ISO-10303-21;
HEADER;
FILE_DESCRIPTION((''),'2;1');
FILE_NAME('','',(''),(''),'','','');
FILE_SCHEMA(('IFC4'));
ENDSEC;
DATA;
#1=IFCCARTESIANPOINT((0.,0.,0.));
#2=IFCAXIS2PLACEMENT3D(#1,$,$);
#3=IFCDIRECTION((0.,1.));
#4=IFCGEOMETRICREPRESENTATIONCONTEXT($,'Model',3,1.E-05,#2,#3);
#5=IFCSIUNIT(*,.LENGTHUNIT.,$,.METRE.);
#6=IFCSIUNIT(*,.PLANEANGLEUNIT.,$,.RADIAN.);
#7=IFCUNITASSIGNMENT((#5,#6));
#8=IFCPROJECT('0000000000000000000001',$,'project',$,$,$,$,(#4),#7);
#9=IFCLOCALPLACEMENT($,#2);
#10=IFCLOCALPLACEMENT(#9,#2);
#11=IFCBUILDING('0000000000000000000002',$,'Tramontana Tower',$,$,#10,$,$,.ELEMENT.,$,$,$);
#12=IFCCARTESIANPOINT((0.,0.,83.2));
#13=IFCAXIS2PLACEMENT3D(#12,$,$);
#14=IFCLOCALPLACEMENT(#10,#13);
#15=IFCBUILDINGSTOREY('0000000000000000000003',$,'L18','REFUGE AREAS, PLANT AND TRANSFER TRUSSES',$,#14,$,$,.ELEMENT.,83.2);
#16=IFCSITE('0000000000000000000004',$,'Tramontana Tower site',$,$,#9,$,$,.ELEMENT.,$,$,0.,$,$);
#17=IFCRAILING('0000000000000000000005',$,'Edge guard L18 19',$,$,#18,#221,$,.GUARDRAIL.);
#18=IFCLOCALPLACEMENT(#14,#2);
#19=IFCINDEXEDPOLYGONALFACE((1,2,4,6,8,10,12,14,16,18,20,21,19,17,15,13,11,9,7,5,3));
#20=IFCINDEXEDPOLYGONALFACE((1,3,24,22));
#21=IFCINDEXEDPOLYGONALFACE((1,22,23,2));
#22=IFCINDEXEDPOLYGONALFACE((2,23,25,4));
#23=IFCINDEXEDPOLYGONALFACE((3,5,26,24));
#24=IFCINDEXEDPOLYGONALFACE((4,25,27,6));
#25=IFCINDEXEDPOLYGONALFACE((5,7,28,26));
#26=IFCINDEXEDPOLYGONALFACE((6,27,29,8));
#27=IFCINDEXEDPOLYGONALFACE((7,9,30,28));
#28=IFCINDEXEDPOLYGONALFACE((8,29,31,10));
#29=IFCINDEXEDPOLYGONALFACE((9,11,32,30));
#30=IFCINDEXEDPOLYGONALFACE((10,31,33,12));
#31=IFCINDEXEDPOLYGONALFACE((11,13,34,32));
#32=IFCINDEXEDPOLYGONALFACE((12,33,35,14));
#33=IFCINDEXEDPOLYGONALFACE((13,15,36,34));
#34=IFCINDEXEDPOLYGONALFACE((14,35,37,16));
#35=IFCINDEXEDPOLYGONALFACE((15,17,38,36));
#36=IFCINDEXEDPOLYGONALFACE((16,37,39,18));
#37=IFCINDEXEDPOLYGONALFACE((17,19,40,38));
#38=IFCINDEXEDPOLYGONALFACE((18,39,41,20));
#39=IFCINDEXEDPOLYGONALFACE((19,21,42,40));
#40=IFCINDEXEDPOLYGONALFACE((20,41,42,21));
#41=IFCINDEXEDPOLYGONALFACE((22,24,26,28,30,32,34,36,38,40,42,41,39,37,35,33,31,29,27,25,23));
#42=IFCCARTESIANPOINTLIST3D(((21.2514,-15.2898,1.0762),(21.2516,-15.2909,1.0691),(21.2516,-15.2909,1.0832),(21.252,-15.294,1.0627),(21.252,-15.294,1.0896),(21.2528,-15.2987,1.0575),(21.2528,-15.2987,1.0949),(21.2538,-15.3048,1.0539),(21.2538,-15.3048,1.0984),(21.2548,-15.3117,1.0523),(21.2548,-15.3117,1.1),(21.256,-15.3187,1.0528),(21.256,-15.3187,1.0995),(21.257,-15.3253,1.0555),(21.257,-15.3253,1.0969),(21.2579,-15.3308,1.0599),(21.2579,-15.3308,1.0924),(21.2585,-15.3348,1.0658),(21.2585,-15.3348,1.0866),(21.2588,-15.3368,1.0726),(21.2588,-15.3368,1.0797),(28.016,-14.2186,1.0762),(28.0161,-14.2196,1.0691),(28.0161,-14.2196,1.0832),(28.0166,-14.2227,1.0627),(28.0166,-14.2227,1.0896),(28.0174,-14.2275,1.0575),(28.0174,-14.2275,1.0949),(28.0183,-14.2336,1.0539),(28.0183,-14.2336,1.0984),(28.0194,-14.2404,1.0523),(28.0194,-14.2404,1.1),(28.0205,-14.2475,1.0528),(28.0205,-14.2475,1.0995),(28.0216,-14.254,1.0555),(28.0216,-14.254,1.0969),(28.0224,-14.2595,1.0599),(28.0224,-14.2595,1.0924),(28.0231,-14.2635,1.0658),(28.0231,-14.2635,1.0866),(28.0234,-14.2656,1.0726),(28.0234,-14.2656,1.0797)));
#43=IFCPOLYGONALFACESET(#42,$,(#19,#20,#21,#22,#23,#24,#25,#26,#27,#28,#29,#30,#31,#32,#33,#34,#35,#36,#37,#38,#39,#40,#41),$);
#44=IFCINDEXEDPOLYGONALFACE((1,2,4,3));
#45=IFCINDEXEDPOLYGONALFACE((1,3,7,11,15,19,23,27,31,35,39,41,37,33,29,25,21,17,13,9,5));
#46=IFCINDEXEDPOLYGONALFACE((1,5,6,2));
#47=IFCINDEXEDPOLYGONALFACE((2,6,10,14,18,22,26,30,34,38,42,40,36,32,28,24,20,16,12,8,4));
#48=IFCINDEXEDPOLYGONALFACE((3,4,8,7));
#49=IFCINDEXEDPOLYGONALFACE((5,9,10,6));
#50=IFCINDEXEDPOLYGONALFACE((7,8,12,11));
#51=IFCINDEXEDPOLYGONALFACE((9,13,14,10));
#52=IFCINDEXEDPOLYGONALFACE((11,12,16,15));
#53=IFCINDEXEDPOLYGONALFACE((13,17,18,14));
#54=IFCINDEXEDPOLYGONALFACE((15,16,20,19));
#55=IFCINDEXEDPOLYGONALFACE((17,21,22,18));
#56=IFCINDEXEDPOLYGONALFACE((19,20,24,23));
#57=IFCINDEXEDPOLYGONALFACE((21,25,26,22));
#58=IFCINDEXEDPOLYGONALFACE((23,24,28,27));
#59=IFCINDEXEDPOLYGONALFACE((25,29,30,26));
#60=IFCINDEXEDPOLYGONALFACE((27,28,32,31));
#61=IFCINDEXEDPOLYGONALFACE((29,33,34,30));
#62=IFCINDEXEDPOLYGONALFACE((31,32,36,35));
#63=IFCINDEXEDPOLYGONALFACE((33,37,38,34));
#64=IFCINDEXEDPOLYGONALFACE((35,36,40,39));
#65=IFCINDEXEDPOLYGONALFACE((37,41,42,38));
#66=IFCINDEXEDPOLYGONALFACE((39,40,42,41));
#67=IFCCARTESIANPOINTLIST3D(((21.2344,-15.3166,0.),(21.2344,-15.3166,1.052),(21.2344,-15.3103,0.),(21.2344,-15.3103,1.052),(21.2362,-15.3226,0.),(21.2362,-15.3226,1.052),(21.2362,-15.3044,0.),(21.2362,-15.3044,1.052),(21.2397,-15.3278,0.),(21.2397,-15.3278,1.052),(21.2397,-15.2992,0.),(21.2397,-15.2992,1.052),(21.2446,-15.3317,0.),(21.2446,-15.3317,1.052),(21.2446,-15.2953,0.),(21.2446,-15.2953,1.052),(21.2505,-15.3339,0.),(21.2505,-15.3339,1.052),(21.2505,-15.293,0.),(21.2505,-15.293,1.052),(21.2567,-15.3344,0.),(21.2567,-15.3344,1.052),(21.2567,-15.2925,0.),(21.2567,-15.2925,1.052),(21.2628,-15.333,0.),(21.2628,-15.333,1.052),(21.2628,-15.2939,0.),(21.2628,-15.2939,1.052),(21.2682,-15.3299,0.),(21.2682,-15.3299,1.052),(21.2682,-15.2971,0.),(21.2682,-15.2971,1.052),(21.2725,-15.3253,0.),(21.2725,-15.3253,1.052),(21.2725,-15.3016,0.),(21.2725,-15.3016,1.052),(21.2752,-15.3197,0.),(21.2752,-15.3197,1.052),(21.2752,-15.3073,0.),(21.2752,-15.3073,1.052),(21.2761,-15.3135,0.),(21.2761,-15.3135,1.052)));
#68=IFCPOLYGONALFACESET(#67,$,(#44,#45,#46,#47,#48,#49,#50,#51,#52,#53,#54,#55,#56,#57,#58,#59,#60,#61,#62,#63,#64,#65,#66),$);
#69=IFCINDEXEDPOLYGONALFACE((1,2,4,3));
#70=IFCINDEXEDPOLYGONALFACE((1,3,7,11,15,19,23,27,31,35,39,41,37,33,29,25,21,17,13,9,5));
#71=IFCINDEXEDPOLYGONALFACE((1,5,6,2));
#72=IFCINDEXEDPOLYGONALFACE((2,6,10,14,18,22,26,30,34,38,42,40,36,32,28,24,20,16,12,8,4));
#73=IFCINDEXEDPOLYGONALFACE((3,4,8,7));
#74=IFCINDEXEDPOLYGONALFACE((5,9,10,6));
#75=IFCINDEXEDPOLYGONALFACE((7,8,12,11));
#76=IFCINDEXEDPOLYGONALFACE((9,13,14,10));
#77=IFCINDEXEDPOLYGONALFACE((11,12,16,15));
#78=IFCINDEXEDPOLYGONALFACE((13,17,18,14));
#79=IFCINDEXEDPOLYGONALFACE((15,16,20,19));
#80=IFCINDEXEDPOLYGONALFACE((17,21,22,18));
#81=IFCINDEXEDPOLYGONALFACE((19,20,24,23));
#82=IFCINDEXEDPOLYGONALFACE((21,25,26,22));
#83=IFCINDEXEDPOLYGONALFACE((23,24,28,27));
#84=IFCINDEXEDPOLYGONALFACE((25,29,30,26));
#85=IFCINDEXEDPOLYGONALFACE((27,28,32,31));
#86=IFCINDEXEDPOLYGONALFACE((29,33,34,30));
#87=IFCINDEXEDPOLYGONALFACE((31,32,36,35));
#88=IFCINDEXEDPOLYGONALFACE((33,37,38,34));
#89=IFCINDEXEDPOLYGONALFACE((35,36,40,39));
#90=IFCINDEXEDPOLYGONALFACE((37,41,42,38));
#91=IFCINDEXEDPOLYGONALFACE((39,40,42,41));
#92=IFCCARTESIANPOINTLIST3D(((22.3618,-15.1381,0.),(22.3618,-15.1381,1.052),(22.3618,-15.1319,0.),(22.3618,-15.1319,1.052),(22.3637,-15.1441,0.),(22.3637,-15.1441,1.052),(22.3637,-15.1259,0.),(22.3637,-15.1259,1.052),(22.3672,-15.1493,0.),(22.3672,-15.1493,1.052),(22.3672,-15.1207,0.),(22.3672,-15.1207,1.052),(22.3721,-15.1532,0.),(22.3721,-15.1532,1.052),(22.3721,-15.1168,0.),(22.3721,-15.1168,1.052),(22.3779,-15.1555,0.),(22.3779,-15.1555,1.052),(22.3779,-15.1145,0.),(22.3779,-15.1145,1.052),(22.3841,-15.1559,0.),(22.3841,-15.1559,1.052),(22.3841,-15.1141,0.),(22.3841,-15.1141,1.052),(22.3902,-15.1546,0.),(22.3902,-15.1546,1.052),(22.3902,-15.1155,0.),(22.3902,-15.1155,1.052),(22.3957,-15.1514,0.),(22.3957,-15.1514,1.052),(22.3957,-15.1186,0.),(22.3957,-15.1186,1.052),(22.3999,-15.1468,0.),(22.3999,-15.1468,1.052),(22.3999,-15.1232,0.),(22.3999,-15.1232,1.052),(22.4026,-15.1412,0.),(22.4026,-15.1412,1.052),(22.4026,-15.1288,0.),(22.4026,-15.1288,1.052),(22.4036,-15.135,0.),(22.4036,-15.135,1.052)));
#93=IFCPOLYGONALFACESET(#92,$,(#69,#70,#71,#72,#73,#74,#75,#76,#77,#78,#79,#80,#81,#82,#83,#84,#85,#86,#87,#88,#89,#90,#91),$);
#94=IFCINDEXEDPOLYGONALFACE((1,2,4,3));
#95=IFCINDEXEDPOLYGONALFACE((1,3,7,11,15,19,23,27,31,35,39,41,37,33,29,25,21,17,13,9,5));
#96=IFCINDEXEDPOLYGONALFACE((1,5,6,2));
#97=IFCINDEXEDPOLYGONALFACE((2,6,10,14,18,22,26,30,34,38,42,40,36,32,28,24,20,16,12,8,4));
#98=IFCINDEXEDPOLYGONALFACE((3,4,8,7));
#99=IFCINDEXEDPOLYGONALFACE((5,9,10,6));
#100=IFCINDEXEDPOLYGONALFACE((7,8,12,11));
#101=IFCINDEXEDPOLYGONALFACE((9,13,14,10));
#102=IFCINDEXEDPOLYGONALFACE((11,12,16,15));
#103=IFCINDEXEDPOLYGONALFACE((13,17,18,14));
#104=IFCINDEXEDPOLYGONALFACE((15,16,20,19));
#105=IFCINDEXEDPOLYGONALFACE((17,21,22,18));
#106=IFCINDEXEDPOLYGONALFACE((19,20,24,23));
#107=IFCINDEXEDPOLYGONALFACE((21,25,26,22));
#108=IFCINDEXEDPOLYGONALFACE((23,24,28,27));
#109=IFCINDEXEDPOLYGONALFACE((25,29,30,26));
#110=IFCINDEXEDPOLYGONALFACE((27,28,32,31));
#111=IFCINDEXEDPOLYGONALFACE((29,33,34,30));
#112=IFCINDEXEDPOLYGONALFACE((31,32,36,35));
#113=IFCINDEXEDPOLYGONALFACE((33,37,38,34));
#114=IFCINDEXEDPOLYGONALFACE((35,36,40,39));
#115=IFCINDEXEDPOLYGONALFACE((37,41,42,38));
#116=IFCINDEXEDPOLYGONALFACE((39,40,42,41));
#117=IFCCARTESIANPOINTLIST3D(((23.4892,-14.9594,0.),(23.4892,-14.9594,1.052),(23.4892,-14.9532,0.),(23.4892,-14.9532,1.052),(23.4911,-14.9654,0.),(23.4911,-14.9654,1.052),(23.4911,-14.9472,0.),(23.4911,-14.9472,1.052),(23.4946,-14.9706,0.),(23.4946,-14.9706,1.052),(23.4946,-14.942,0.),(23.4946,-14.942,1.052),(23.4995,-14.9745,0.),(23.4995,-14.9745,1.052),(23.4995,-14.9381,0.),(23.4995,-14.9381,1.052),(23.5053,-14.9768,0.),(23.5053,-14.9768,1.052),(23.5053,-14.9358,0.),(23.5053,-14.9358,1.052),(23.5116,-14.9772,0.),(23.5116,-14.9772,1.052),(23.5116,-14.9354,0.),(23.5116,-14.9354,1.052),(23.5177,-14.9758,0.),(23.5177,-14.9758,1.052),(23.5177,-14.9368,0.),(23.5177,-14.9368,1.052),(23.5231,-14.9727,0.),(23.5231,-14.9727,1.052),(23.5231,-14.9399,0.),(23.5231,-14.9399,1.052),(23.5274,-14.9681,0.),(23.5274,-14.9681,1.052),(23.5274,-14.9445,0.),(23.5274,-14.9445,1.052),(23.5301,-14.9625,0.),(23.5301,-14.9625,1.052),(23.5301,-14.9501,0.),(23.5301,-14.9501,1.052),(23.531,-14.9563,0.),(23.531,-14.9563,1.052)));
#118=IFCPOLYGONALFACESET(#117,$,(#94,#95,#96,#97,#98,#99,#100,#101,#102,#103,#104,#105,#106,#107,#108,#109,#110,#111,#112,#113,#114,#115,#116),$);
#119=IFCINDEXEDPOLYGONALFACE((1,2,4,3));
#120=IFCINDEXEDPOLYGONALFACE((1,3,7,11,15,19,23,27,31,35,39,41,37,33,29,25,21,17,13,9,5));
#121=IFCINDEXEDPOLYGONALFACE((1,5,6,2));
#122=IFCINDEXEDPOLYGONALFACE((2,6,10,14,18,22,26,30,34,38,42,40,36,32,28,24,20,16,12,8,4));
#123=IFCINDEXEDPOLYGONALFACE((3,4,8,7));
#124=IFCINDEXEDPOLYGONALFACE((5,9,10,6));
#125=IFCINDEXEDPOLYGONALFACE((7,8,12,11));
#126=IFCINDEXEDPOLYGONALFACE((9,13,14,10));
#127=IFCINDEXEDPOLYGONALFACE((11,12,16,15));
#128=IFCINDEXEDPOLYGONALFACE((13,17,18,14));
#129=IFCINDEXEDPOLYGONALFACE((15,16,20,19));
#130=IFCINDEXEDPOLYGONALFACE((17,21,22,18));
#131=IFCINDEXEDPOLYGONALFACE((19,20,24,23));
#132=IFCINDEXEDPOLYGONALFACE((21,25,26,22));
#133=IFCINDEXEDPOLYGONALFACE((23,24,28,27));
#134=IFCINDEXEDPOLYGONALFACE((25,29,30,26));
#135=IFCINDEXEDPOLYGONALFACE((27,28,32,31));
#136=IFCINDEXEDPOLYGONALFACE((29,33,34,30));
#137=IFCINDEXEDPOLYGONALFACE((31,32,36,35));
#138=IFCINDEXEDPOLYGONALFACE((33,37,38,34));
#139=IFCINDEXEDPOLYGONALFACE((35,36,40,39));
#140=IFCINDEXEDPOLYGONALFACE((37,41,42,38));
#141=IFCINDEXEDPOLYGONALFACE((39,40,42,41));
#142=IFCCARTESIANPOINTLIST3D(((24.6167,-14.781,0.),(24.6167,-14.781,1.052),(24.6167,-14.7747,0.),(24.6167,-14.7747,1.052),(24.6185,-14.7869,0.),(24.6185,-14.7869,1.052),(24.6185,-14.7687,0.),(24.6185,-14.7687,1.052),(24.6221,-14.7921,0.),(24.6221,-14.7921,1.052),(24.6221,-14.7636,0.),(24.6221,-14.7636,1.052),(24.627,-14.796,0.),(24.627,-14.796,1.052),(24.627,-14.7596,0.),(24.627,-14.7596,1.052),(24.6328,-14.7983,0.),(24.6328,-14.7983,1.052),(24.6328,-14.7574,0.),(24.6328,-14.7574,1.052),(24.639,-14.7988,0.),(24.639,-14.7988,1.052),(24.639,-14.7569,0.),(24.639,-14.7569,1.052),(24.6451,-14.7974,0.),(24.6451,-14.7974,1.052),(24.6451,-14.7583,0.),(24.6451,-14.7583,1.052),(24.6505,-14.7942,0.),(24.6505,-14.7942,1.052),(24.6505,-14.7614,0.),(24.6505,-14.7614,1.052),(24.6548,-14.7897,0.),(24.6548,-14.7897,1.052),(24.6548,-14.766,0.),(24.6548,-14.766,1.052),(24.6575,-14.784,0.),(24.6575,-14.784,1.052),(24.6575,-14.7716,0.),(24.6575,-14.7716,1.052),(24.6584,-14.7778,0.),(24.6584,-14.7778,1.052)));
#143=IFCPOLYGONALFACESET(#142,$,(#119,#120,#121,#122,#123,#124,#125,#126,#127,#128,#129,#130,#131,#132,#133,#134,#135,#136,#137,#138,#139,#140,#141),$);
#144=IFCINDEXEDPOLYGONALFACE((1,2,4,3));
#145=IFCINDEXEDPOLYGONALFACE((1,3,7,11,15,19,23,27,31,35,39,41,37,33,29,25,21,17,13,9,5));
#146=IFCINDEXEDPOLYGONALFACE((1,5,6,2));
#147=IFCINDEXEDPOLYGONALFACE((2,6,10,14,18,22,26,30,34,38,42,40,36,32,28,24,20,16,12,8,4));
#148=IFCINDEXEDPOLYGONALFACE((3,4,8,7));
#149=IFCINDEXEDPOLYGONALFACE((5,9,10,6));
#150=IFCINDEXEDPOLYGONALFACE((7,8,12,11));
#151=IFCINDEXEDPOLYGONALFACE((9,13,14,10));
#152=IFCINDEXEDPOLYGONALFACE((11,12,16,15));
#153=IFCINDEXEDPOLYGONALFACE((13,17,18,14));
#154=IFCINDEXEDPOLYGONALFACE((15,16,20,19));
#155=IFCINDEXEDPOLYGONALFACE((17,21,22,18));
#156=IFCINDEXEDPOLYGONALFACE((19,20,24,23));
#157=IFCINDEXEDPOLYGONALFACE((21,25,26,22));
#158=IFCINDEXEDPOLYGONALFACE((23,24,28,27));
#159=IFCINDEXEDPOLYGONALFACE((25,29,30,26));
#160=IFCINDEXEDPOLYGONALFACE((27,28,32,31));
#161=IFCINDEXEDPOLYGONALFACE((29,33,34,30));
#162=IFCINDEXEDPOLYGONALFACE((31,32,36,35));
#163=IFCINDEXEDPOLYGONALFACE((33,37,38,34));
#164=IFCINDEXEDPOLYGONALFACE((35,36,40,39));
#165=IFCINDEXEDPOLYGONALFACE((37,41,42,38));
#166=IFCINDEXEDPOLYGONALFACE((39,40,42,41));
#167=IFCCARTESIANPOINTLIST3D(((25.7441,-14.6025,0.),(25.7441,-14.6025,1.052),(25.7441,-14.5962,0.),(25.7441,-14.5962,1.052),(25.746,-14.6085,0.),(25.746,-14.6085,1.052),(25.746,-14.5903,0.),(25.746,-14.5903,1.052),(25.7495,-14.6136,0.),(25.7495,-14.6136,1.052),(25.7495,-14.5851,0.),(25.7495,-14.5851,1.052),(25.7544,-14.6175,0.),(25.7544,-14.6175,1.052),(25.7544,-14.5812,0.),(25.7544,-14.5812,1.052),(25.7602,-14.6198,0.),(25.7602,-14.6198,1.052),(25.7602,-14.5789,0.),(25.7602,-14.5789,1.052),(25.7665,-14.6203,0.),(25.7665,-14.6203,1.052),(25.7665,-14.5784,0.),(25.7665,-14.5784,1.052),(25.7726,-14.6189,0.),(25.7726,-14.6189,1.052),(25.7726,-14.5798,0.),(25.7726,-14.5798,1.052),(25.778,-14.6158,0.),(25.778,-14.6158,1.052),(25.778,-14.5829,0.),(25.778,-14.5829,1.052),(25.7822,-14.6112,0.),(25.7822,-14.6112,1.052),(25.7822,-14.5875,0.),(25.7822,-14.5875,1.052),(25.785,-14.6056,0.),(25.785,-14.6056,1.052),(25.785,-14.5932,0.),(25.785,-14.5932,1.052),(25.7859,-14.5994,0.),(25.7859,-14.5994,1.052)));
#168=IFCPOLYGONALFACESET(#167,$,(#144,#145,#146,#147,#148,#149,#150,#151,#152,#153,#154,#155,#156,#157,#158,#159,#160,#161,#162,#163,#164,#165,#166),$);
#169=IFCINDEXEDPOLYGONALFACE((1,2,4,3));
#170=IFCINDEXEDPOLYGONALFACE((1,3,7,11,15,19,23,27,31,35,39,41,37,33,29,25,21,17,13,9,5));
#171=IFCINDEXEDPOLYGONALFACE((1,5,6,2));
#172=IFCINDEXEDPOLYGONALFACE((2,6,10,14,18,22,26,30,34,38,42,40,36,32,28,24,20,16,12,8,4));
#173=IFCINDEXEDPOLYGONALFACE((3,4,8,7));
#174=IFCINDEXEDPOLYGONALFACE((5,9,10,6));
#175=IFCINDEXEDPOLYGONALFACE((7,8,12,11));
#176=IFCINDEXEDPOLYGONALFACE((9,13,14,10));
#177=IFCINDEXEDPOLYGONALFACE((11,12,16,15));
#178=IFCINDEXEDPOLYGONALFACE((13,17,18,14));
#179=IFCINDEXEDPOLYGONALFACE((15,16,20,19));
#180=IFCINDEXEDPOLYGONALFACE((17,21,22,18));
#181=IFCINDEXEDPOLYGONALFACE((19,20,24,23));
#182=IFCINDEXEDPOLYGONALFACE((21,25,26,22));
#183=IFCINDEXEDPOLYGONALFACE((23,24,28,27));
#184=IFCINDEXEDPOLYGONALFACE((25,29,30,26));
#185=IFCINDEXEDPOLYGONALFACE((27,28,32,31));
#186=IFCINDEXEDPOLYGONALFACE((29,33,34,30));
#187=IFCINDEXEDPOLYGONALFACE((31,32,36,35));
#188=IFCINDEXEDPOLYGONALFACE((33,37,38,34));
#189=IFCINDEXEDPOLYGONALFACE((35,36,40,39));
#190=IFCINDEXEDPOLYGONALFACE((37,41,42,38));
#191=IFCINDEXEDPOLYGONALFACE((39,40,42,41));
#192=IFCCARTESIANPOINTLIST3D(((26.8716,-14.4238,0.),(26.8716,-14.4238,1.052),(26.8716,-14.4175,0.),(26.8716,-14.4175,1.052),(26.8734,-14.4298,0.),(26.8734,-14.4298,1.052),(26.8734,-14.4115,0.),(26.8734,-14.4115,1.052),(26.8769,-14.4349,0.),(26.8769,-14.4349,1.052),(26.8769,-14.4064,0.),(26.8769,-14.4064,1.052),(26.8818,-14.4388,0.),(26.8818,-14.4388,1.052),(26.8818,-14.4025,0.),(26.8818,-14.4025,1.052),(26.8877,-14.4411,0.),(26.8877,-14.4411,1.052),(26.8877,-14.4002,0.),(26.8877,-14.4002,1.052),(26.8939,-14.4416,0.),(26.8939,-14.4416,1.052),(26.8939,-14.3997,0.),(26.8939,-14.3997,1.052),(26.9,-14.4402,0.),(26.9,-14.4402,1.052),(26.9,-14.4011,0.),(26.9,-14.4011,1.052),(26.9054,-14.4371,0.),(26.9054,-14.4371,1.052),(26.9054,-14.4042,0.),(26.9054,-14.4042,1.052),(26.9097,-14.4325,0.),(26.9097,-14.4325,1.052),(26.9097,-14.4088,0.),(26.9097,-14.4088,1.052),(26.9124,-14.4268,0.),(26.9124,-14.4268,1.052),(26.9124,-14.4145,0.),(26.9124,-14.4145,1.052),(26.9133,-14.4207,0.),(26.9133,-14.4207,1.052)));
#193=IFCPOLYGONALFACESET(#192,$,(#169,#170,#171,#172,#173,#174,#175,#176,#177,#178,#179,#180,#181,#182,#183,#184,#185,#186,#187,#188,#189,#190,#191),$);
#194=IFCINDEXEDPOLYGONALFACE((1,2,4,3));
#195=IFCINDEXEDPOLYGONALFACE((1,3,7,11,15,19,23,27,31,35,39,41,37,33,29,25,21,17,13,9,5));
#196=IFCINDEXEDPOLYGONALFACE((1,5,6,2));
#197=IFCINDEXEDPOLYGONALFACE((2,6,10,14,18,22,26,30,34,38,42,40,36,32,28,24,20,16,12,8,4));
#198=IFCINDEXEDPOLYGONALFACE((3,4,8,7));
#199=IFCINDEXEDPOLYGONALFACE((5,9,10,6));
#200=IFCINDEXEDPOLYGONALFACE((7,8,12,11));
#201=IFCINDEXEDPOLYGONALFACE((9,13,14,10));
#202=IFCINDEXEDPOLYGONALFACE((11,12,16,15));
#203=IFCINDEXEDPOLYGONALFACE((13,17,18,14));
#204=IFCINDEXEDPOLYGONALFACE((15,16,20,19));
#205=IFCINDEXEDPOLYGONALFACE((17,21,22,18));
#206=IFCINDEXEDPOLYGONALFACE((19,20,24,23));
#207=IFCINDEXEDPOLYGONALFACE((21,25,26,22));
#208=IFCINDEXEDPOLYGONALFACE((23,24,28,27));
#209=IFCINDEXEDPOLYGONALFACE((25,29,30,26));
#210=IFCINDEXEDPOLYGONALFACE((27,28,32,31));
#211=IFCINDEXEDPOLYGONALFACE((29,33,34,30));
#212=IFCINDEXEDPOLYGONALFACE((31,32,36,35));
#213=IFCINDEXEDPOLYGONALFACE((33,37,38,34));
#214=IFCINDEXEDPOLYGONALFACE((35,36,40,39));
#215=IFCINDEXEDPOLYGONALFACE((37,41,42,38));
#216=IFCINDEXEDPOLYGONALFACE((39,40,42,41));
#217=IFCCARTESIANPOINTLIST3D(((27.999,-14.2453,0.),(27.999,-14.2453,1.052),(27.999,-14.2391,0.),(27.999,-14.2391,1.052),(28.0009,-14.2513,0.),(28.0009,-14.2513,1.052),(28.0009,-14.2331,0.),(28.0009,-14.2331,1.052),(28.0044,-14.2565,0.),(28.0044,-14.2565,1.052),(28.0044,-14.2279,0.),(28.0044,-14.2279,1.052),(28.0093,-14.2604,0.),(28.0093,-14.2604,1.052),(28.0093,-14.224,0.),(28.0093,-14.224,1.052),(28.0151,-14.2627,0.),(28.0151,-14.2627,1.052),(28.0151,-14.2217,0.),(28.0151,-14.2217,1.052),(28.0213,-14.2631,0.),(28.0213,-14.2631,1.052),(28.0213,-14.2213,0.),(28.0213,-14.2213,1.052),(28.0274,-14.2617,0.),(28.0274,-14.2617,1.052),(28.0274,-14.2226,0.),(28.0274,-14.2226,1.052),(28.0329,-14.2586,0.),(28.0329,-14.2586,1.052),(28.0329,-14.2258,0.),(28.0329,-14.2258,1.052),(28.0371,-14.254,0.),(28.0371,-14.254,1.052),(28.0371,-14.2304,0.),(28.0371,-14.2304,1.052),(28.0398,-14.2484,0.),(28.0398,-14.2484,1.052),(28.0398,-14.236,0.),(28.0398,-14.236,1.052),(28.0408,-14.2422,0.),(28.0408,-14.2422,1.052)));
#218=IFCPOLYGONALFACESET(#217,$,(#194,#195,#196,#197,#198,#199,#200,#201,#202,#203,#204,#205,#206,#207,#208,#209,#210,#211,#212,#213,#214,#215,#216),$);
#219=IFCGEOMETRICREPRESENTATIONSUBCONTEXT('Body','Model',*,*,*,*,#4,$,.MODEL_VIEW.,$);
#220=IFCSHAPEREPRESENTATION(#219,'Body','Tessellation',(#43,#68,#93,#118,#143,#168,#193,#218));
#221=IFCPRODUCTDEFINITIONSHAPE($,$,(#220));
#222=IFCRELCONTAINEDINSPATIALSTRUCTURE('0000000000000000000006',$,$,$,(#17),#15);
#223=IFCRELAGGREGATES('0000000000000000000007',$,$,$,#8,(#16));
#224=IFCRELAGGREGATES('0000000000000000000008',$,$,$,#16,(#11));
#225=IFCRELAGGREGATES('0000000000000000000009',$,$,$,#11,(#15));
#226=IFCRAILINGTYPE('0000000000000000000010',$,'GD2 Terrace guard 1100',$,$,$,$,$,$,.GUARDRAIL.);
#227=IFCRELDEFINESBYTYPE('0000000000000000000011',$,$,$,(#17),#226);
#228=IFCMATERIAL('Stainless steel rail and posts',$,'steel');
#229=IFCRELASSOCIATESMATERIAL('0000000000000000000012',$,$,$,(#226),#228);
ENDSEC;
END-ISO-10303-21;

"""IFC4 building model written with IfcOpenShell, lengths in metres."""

from ifc_helpers import new_model, si_unit, direction, frame, origin, origin_2d, place, context, subcontext, project, spatial, circle, extrude, material, type_object, element, save


model = new_model("IFC4")

# Units and contexts
model_context = context("Model", 3, precision=1e-05, world=origin(), true_north=direction((0.0, 1.0)))
body_context = subcontext(model_context, "Body", "Model", "MODEL_VIEW")
ifc_project = project(units=[si_unit("LENGTHUNIT", "METRE"), si_unit("PLANEANGLEUNIT", "RADIAN")], contexts=[model_context])

# Site, building, storey
site_placement = place(None, origin())
site = spatial("IfcSite", under=ifc_project, at=site_placement, Name="Tramontana Tower site", CompositionType="ELEMENT", RefElevation=0.0)
building_placement = place(site_placement, origin())
building = spatial("IfcBuilding", under=site, at=building_placement, Name="Tramontana Tower", CompositionType="ELEMENT")
storey_placement = place(building_placement, frame((0.0, 0.0, 83.2)))
storey = spatial("IfcBuildingStorey", under=building, at=storey_placement, Name="L18", Description="REFUGE AREAS, PLANT AND TRANSFER TRUSSES", CompositionType="ELEMENT", Elevation=83.2)

# Railing
ifc_material_1 = material(Name="Stainless steel rail and posts", Category="steel")
railing_type = type_object("IfcRailingType", Name="GD2 Terrace guard 1100", PredefinedType="GUARDRAIL", material=ifc_material_1)
railing_placement = place(storey_placement, frame((21.2551, -15.3135, 0.0)))
element("IfcRailing", 1, at=railing_placement, inside=storey, type_object=railing_type, Name="Edge guard L18 19", PredefinedType="GUARDRAIL", context=body_context, shape_type="SweptSolid", body=[
    extrude(circle(Radius=0.0239, at=origin_2d()), frame((0.0, 0.0, 1.0762), z_axis=(0.987691, 0.156417, 0.0), x_axis=(-0.156417, 0.987691, 0.0)), (0.0, 0.0, 1.0), 6.8489),
    extrude(circle(Radius=0.021, at=origin_2d()), origin(), (0.0, 0.0, 1.0), 1.052),
    extrude(circle(Radius=0.021, at=origin_2d()), frame((1.1274, 0.1785, 0.0)), (0.0, 0.0, 1.0), 1.052),
    extrude(circle(Radius=0.021, at=origin_2d()), frame((2.2549, 0.3572, 0.0)), (0.0, 0.0, 1.0), 1.052),
    extrude(circle(Radius=0.021, at=origin_2d()), frame((3.3823, 0.5356, 0.0)), (0.0, 0.0, 1.0), 1.052),
    extrude(circle(Radius=0.021, at=origin_2d()), frame((4.5098, 0.7141, 0.0)), (0.0, 0.0, 1.0), 1.052),
    extrude(circle(Radius=0.021, at=origin_2d()), frame((5.6372, 0.8928, 0.0)), (0.0, 0.0, 1.0), 1.052),
    extrude(circle(Radius=0.021, at=origin_2d()), frame((6.7646, 1.0713, 0.0)), (0.0, 0.0, 1.0), 1.052),
])

save(model, "model.ifc")
